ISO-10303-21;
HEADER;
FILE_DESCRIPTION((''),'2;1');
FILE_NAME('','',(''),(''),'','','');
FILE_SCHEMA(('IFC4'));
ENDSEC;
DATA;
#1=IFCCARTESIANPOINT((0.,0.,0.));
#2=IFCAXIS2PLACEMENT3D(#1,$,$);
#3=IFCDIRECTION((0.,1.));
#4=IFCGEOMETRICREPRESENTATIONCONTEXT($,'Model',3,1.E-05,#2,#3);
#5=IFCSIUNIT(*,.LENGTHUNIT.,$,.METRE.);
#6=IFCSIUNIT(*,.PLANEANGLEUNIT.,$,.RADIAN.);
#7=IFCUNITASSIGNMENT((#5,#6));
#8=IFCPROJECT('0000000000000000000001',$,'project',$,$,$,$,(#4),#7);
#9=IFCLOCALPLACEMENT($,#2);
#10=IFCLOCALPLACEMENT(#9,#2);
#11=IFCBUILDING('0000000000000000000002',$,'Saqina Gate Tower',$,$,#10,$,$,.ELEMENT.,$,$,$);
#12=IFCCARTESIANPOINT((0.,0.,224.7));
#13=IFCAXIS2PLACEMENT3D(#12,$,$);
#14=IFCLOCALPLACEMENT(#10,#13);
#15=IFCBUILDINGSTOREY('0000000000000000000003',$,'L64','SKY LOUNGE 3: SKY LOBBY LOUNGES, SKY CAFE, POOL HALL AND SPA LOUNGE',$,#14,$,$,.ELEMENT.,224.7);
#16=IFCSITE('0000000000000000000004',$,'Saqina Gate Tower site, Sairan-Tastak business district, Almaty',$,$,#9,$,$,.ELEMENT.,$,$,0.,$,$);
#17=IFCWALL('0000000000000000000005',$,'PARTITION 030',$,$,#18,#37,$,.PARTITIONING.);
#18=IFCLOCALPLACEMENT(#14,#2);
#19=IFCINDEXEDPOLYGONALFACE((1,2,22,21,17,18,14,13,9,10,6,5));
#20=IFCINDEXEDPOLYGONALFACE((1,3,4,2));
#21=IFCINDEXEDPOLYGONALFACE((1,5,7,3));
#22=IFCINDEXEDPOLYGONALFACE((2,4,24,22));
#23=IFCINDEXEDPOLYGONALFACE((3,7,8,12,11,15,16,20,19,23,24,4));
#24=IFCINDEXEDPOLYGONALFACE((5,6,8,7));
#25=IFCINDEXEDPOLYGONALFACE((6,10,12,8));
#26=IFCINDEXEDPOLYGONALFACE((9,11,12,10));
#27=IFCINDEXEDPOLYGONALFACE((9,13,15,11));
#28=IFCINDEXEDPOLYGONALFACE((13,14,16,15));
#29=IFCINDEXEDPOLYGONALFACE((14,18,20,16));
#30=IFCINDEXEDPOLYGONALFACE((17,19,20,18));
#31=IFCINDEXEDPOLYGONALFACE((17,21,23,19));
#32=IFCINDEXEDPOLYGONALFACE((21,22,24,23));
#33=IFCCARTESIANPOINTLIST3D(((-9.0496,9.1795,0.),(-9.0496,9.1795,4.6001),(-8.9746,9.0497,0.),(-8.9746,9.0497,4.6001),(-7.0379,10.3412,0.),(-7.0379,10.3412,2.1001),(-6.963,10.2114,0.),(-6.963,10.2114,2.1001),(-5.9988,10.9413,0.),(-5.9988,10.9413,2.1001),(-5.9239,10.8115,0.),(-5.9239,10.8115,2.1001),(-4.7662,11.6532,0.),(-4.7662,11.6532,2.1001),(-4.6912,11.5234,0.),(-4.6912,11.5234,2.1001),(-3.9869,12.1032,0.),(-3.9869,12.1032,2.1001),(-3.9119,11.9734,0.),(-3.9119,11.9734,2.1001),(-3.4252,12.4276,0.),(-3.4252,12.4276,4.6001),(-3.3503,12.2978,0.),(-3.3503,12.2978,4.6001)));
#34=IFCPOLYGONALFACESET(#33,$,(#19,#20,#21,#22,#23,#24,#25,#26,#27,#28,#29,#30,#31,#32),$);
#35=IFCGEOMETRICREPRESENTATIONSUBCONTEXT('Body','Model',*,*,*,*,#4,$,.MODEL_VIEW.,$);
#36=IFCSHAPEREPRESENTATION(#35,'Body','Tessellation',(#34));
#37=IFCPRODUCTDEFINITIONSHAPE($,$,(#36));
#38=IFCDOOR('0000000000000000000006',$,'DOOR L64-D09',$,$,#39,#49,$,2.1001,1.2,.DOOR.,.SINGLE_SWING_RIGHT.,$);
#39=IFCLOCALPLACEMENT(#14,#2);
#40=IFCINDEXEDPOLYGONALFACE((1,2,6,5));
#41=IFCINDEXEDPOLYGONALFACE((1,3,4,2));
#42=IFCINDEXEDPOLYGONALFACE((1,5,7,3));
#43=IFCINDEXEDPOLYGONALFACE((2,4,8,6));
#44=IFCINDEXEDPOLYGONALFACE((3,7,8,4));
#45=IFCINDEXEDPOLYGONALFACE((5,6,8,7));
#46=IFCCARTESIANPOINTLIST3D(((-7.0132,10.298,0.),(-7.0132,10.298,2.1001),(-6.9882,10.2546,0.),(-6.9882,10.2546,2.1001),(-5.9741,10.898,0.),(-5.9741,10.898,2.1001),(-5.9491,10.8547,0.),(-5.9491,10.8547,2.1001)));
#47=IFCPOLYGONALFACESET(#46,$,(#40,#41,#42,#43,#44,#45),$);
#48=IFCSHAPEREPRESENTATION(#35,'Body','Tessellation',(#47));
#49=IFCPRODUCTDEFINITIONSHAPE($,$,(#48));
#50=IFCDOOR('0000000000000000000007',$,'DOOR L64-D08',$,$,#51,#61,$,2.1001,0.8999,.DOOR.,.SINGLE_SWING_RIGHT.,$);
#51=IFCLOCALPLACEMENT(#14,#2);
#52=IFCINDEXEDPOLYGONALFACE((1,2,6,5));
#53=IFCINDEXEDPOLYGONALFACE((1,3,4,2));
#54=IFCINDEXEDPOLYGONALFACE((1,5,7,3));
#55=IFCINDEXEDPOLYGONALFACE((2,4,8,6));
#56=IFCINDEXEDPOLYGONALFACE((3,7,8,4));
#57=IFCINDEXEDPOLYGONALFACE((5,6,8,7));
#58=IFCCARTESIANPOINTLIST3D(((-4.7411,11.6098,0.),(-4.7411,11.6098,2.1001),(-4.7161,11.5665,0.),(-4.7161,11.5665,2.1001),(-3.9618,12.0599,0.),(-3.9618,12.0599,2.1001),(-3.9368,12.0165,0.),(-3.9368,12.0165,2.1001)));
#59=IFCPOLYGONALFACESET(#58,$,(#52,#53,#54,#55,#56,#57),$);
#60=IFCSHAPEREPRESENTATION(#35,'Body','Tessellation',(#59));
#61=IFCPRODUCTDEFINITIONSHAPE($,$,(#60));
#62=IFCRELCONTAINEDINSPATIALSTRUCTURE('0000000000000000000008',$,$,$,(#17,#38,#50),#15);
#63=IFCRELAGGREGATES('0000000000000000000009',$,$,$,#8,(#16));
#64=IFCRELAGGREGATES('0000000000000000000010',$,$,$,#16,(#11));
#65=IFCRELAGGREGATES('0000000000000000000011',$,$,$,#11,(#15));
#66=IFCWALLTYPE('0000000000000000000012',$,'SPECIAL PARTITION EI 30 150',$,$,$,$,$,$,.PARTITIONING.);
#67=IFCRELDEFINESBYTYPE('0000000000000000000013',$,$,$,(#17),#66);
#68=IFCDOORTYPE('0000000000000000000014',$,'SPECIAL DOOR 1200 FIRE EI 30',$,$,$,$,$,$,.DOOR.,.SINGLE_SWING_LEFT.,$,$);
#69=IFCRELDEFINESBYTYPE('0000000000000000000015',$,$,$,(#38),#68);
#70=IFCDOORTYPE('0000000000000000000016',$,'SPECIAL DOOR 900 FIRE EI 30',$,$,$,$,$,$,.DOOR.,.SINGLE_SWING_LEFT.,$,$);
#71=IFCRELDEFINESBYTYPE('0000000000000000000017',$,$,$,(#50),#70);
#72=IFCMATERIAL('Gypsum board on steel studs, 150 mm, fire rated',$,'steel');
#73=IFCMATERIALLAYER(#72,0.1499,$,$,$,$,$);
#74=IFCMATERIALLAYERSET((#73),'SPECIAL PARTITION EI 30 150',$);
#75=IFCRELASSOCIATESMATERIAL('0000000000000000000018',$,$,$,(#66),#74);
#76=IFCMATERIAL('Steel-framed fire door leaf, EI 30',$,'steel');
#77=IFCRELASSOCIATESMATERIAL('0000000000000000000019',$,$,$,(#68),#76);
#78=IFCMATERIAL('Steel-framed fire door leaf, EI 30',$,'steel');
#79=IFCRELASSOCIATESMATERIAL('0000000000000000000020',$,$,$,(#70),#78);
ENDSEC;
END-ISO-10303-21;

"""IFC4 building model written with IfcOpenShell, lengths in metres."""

from ifc_helpers import new_model, si_unit, direction, frame, frame_2d, origin, place, context, subcontext, project, spatial, rectangle, extrude, material, layer, layer_set, type_object, element, fill, save


model = new_model("IFC4")

# Units and contexts
model_context = context("Model", 3, precision=1e-05, world=origin(), true_north=direction((0.0, 1.0)))
body_context = subcontext(model_context, "Body", "Model", "MODEL_VIEW")
ifc_project = project(units=[si_unit("LENGTHUNIT", "METRE"), si_unit("PLANEANGLEUNIT", "RADIAN")], contexts=[model_context])

# Site, building, storey
site_placement = place(None, origin())
site = spatial("IfcSite", under=ifc_project, at=site_placement, Name="Saqina Gate Tower site, Sairan-Tastak business district, Almaty", CompositionType="ELEMENT", RefElevation=0.0)
building_placement = place(site_placement, origin())
building = spatial("IfcBuilding", under=site, at=building_placement, Name="Saqina Gate Tower", CompositionType="ELEMENT")
storey_placement = place(building_placement, frame((0.0, 0.0, 224.7)))
storey = spatial("IfcBuildingStorey", under=building, at=storey_placement, Name="L64", Description="SKY LOUNGE 3: SKY LOBBY LOUNGES, SKY CAFE, POOL HALL AND SPA LOUNGE", CompositionType="ELEMENT", Elevation=224.7)

# Wall, openings, doors
ifc_material_1 = material(Name="Gypsum board on steel studs, 150 mm, fire rated", Category="steel")
ifc_layer_1 = layer(ifc_material_1, 0.1499)
ifc_layer_set_1 = layer_set([ifc_layer_1], Name="SPECIAL PARTITION EI 30 150")
wall_type_1 = type_object("IfcWallType", Name="SPECIAL PARTITION EI 30 150", PredefinedType="PARTITIONING", material=ifc_layer_set_1)
ifc_material_2 = material(Name="Steel-framed fire door leaf, EI 30", Category="steel")
door_type_1 = type_object("IfcDoorType", Name="SPECIAL DOOR 1200 FIRE EI 30", OperationType="SINGLE_SWING_LEFT", PredefinedType="DOOR", material=ifc_material_2)
ifc_material_3 = material(Name="Steel-framed fire door leaf, EI 30", Category="steel")
door_type_2 = type_object("IfcDoorType", Name="SPECIAL DOOR 900 FIRE EI 30", OperationType="SINGLE_SWING_LEFT", PredefinedType="DOOR", material=ifc_material_3)
wall_1_placement = place(storey_placement, frame((-9.0122, 9.1145, 0.0), z_axis=(0.0, 0.0, 1.0), x_axis=(0.865967, 0.500101, 0.0)))
wall_1 = element("IfcWall", 1, at=wall_1_placement, inside=storey, type_object=wall_type_1, Name="PARTITION 030", PredefinedType="PARTITIONING", context=body_context, shape_type="SweptSolid", body=[
    extrude(rectangle(XDim=6.4949, YDim=0.1499, at=frame_2d((3.2476, 0.0))), origin(), (0.0, 0.0, 1.0), 4.6001),
])
opening_1_placement = place(wall_1_placement, frame((4.9465, 0.0, 0.0)))
opening_1 = element("IfcOpeningElement", 2, at=opening_1_placement, cuts=wall_1, PredefinedType="OPENING", context=body_context, shape_type="SweptSolid", body=[
    extrude(rectangle(XDim=0.8999, YDim=2.1001, at=frame_2d((0.45, 1.05))), frame((0.0, 0.0869, 0.0), z_axis=(0.0, -1.0, 0.0), x_axis=(1.0, 0.0, 0.0)), (0.0, 0.0, 1.0), 0.1738),
])
opening_2_placement = place(wall_1_placement, frame((2.323, 0.0, 0.0)))
opening_2 = element("IfcOpeningElement", 3, at=opening_2_placement, cuts=wall_1, PredefinedType="OPENING", context=body_context, shape_type="SweptSolid", body=[
    extrude(rectangle(XDim=1.2, YDim=2.1001, at=frame_2d((0.6001, 1.05))), frame((0.0, 0.0869, 0.0), z_axis=(0.0, -1.0, 0.0), x_axis=(1.0, 0.0, 0.0)), (0.0, 0.0, 1.0), 0.1738),
])
door_1_placement = place(opening_2_placement, frame((1.2, 0.0, 0.0), z_axis=(0.0, 0.0, 1.0), x_axis=(-1.0, 0.0, 0.0)))
door_1 = element("IfcDoor", 4, at=door_1_placement, inside=storey, type_object=door_type_1, Name="DOOR L64-D09", OperationType="SINGLE_SWING_RIGHT", OverallHeight=2.1001, OverallWidth=1.2, PredefinedType="DOOR", context=body_context, shape_type="SweptSolid", body=[
    extrude(rectangle(XDim=1.2, YDim=2.1001, at=frame_2d((0.6001, 1.05))), frame((0.0, 0.0249, 0.0), z_axis=(0.0, -1.0, 0.0), x_axis=(1.0, 0.0, 0.0)), (0.0, 0.0, 1.0), 0.05),
])
fill(opening_2, door_1)
door_2_placement = place(opening_1_placement, origin())
door_2 = element("IfcDoor", 5, at=door_2_placement, inside=storey, type_object=door_type_2, Name="DOOR L64-D08", OperationType="SINGLE_SWING_RIGHT", OverallHeight=2.1001, OverallWidth=0.8999, PredefinedType="DOOR", context=body_context, shape_type="SweptSolid", body=[
    extrude(rectangle(XDim=0.8999, YDim=2.1001, at=frame_2d((0.45, 1.05))), frame((0.0, 0.0249, 0.0), z_axis=(0.0, -1.0, 0.0), x_axis=(1.0, 0.0, 0.0)), (0.0, 0.0, 1.0), 0.05),
])
fill(opening_1, door_2)

save(model, "model.ifc")
